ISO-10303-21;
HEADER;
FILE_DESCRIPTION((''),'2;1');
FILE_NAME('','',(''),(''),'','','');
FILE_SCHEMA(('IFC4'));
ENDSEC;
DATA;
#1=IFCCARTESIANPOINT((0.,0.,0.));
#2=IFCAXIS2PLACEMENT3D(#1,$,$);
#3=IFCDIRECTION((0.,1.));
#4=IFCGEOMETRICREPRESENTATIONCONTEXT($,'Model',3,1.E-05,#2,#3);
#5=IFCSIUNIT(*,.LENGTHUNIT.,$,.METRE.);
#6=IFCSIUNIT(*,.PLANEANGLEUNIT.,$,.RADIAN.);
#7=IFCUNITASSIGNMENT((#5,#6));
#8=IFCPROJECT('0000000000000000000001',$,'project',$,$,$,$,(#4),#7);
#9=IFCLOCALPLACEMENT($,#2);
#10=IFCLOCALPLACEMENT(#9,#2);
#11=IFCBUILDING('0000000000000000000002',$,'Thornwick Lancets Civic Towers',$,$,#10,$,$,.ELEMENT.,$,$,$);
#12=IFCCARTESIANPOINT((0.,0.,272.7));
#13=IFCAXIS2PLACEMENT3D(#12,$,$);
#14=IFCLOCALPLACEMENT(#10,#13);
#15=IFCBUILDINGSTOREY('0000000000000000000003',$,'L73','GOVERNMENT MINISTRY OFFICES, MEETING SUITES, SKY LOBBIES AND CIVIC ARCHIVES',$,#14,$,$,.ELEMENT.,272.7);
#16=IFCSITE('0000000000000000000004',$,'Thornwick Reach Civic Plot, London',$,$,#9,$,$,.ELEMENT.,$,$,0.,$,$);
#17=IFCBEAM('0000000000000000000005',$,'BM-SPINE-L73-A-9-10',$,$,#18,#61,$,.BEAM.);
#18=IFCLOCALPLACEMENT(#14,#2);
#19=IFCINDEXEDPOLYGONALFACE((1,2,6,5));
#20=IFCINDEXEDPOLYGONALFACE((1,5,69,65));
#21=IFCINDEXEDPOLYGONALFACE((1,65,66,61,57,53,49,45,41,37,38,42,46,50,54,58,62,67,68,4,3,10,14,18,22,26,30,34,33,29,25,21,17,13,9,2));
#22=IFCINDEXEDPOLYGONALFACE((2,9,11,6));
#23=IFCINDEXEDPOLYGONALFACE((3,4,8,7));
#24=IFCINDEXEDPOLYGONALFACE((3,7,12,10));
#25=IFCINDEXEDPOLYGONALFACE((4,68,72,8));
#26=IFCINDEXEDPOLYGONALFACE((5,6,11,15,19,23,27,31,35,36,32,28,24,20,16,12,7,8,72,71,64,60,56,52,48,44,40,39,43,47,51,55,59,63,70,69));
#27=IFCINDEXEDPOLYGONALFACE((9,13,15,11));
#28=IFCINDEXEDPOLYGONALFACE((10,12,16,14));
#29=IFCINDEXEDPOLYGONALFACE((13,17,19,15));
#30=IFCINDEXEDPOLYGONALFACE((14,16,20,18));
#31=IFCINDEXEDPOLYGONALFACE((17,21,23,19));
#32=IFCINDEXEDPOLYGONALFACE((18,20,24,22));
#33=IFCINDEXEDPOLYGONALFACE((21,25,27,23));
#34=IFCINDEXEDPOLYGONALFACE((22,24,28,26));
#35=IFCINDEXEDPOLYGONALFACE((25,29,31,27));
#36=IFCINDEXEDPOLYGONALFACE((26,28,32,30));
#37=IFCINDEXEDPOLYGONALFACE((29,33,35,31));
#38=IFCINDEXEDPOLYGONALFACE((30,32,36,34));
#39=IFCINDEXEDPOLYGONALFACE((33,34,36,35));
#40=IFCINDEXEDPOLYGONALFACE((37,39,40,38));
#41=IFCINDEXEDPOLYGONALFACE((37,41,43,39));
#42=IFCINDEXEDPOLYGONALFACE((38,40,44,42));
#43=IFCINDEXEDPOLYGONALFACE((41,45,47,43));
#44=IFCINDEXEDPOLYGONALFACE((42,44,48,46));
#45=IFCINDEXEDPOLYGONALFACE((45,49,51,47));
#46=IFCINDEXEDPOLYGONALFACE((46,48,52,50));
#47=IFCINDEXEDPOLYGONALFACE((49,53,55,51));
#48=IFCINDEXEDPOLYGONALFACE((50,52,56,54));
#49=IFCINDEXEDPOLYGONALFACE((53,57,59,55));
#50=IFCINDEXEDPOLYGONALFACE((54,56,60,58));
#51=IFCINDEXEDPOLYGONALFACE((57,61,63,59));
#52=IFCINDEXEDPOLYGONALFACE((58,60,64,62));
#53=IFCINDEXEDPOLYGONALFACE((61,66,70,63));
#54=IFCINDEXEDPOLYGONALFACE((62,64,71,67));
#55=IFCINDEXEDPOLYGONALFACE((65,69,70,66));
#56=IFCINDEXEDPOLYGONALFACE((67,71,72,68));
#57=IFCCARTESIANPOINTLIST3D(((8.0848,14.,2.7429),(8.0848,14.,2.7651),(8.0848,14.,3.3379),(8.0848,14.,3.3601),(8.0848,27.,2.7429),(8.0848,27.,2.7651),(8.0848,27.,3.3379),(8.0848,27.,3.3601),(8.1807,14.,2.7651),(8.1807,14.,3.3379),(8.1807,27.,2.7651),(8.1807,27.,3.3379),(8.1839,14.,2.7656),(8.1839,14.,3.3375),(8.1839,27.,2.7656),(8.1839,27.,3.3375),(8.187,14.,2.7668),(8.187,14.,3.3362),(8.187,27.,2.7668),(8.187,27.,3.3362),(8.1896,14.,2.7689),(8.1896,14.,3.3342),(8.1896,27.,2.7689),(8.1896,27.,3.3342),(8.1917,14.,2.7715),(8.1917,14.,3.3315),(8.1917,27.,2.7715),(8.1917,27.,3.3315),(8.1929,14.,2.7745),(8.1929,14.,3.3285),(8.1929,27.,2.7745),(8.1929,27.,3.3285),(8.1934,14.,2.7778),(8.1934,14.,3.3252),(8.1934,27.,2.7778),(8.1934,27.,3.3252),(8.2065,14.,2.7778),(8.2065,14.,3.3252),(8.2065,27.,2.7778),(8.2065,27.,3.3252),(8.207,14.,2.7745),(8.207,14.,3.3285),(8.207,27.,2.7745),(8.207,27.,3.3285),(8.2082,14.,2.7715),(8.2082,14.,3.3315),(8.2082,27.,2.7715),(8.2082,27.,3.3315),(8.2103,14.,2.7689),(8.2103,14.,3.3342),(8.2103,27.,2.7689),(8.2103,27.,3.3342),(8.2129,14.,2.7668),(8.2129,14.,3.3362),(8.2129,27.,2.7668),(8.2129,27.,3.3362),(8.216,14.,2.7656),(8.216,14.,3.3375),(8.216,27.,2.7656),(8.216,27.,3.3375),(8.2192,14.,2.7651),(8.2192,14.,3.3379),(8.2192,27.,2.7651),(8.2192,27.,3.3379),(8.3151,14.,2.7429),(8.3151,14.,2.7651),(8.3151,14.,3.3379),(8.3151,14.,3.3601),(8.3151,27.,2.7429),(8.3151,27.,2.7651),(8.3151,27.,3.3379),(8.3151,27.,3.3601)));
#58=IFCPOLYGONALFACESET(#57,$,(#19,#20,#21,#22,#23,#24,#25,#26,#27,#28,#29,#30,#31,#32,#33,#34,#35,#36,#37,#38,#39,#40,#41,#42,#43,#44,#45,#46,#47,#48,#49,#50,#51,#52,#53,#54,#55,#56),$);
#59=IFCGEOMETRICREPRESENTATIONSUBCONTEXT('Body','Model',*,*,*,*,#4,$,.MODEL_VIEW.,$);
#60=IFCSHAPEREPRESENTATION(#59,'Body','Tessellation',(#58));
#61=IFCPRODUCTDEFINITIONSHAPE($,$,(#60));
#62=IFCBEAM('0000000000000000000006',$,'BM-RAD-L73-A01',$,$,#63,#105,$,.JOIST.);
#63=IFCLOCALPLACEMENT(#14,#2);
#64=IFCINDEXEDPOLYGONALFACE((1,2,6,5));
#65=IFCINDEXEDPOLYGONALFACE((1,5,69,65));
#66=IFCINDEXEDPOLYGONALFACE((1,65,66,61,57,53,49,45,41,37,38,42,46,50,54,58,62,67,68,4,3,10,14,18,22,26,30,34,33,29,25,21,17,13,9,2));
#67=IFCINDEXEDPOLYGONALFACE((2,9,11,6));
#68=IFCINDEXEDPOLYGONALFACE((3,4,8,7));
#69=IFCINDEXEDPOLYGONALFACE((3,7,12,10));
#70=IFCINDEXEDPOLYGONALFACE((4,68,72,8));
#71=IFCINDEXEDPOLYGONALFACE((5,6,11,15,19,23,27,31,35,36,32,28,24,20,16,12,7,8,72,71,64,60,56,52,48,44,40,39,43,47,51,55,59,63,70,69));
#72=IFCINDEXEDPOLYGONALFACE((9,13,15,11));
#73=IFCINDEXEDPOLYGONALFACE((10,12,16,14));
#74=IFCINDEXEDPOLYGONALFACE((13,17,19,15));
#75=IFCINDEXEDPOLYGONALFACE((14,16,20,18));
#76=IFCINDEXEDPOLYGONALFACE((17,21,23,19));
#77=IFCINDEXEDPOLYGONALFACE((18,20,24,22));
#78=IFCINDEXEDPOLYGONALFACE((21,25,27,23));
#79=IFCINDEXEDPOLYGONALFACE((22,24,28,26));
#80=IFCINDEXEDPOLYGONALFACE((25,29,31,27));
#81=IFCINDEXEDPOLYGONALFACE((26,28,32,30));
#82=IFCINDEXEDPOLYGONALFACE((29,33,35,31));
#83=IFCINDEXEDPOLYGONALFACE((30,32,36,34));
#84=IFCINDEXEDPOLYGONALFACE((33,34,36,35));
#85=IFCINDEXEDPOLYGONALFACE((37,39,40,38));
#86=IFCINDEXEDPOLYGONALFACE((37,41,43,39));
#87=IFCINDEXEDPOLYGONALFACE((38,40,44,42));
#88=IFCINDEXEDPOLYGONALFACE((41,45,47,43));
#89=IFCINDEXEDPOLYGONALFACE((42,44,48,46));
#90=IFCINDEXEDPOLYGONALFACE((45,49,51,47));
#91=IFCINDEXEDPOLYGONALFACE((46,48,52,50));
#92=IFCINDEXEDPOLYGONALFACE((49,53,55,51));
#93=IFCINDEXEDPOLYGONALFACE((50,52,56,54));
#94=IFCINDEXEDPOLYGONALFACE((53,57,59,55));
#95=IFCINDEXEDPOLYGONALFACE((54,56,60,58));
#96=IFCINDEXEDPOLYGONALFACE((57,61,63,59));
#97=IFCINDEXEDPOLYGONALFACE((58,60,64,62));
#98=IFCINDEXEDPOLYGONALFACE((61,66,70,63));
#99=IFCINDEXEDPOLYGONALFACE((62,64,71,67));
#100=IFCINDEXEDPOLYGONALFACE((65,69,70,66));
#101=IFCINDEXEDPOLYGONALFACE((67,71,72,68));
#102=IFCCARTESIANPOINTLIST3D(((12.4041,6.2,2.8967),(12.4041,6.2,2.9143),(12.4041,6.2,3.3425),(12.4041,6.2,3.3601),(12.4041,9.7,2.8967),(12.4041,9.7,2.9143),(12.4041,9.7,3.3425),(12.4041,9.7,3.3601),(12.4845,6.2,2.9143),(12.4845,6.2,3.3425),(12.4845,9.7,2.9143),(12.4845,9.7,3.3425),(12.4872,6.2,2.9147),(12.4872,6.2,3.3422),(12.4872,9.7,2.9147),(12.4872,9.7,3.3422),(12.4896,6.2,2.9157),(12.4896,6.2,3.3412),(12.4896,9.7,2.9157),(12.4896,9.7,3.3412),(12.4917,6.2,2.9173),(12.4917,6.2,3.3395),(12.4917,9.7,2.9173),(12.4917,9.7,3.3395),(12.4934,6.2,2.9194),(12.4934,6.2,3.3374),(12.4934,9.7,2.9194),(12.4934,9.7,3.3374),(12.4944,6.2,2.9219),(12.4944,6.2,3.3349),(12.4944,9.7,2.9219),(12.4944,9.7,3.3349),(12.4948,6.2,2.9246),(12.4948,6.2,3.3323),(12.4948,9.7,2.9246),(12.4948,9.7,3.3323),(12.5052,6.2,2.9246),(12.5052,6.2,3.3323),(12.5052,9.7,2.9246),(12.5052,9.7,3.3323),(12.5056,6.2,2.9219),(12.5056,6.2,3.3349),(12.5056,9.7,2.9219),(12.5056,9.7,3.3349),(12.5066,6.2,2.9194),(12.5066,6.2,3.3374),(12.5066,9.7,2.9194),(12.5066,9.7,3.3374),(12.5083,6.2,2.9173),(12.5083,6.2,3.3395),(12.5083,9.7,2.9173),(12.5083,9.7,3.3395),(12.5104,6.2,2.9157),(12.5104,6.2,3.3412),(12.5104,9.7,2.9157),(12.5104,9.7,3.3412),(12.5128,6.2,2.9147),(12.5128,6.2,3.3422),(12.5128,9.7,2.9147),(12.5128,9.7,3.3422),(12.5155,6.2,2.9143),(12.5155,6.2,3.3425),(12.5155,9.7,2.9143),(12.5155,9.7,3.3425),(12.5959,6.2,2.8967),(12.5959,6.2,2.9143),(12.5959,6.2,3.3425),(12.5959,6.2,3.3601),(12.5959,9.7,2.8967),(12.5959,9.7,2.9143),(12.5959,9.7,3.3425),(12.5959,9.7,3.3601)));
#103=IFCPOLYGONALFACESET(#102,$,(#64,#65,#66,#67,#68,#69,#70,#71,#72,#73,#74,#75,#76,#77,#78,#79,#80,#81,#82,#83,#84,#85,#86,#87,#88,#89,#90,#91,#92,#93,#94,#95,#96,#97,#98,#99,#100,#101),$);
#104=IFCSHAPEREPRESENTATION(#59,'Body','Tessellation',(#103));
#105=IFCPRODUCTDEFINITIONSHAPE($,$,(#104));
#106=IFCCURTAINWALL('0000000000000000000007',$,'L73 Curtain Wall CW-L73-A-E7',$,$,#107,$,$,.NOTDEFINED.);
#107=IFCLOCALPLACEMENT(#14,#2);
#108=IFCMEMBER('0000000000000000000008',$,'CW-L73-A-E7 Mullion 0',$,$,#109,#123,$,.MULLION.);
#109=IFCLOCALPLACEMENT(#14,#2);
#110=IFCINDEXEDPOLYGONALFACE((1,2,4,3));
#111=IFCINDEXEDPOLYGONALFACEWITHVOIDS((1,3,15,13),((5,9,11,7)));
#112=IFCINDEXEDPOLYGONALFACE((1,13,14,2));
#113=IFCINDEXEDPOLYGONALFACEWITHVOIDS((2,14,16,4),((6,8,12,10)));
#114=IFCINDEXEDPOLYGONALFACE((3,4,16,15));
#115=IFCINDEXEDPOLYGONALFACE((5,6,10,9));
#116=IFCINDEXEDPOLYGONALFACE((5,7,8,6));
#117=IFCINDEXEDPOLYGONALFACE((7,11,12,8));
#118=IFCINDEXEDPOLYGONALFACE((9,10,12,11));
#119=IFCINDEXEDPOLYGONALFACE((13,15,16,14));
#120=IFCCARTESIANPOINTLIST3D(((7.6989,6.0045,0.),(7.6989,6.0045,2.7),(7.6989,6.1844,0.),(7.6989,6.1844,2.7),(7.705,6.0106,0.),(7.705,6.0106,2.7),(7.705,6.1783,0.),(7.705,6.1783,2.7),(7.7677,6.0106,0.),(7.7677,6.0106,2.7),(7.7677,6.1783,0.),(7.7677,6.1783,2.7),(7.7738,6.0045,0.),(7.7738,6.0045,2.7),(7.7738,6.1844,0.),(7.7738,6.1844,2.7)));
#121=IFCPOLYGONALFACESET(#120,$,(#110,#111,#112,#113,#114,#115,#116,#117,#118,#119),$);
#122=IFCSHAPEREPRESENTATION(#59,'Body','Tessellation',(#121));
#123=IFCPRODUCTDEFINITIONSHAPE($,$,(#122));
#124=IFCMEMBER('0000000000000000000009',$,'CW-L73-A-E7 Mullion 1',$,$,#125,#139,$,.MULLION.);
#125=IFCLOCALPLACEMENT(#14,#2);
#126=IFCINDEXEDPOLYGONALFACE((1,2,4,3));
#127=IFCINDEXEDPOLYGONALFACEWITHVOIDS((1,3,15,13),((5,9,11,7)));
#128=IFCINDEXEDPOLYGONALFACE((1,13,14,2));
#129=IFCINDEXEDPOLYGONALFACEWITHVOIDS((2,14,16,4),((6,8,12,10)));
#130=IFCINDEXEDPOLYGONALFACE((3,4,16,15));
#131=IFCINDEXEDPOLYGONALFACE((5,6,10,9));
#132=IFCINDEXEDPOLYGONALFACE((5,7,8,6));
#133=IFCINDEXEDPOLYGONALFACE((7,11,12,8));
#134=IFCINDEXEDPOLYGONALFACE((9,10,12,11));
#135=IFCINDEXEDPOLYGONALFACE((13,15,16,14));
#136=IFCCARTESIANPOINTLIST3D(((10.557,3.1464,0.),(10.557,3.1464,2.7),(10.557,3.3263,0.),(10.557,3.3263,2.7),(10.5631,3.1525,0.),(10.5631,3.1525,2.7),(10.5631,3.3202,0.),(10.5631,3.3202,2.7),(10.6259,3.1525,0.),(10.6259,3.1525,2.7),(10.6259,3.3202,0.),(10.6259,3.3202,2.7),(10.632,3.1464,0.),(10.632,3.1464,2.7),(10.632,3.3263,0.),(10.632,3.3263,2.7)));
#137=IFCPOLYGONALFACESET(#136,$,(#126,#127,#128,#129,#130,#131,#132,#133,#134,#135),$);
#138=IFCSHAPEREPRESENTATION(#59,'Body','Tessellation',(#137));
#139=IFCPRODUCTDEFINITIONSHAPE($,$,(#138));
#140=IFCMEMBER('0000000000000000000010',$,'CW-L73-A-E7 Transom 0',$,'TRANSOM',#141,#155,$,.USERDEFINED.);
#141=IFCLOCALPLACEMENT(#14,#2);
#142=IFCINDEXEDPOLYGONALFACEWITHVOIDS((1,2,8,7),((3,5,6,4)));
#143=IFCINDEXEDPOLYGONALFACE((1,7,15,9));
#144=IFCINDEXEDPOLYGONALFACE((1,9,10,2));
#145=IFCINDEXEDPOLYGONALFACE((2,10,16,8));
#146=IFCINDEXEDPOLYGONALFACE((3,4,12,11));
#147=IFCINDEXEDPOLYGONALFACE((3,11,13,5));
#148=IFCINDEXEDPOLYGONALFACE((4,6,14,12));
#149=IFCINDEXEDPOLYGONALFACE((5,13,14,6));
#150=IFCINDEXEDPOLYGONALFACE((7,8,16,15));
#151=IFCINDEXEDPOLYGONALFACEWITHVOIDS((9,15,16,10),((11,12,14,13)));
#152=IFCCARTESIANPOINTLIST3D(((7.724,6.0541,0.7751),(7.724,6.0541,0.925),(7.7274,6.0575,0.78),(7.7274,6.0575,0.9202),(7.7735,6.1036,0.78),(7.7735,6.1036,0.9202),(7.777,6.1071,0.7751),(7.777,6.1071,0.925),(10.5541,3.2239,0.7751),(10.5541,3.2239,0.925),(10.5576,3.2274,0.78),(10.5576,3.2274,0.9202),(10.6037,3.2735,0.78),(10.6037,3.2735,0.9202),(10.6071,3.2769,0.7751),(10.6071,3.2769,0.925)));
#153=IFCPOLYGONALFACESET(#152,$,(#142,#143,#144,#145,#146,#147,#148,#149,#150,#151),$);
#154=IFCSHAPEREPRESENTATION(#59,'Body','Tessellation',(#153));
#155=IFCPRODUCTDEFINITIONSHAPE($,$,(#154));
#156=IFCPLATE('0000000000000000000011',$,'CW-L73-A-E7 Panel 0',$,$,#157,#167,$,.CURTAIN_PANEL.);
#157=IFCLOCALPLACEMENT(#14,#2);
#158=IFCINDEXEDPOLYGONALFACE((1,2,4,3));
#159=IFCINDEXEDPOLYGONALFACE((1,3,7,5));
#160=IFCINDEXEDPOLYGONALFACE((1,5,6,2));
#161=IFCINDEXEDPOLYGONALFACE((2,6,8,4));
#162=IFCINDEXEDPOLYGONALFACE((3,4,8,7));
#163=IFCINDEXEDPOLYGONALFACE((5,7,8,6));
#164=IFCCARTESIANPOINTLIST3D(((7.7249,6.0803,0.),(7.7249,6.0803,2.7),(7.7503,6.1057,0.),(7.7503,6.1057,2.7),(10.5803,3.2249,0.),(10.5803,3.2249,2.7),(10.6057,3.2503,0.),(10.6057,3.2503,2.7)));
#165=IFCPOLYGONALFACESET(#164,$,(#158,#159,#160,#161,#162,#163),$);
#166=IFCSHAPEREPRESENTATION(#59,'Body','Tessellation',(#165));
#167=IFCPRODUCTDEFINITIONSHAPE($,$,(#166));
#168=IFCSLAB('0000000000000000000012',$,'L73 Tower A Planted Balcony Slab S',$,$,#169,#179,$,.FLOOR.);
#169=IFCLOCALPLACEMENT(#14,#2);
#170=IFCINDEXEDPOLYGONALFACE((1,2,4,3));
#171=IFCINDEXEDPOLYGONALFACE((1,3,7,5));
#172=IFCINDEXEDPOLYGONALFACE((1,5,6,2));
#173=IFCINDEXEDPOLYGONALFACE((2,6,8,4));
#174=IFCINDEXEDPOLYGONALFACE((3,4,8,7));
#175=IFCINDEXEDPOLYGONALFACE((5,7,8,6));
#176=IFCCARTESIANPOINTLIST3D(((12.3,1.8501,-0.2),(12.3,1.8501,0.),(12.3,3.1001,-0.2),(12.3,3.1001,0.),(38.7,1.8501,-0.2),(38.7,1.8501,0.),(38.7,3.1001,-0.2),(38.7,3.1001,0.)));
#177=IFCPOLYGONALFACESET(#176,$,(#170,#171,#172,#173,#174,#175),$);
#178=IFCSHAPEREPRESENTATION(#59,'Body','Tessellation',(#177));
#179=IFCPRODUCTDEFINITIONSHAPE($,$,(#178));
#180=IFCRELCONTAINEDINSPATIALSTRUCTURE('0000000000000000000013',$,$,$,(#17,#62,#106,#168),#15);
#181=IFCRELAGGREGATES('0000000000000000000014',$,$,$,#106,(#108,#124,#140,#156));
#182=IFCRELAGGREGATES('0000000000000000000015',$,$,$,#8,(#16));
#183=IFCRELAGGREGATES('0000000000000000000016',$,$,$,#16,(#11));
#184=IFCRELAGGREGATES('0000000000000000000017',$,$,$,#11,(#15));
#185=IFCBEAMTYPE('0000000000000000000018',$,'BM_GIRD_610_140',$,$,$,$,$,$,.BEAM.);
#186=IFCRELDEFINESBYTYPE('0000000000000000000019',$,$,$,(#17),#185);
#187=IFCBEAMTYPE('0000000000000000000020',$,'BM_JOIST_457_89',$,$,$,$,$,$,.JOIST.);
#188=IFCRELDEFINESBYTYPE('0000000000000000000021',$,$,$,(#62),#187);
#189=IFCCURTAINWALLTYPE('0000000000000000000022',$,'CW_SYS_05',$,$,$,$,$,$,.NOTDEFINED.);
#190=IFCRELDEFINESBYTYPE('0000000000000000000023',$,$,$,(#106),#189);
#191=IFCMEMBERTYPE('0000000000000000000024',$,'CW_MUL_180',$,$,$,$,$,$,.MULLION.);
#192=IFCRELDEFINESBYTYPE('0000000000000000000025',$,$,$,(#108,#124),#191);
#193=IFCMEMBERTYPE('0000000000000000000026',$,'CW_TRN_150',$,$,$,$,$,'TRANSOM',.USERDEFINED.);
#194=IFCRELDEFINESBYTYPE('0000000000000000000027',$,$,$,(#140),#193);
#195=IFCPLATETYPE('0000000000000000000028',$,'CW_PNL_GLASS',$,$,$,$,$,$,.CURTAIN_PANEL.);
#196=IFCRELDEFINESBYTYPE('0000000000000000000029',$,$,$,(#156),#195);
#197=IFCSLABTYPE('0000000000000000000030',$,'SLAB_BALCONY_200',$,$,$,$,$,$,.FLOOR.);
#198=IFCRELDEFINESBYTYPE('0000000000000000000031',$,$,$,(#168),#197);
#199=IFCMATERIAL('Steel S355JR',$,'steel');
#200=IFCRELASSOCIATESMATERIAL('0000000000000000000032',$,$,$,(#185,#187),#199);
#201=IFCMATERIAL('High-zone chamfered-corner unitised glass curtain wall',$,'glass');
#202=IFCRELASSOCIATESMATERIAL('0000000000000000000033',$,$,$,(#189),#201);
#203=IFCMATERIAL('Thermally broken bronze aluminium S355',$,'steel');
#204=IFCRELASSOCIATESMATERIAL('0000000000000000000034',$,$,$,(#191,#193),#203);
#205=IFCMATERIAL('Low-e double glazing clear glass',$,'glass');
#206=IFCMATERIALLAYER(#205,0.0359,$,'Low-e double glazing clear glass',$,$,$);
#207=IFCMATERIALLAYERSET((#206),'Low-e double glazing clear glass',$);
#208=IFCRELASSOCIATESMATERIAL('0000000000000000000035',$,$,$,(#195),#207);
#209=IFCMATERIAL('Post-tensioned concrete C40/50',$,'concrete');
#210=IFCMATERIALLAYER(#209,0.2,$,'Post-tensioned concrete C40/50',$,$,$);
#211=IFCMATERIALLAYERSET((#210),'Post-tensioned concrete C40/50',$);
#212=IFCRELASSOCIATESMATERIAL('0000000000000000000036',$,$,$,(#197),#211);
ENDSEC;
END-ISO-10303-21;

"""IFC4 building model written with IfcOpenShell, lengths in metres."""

from ifc_helpers import new_model, si_unit, direction, frame, origin, origin_2d, place, context, subcontext, project, spatial, polyline, rectangle, hollow_rectangle, i_section, outline, extrude, material, layer, layer_set, material_profile, profile_set, type_object, element, aggregate, save


model = new_model("IFC4")

# Units and contexts
model_context = context("Model", 3, precision=1e-05, world=origin(), true_north=direction((0.0, 1.0)))
body_context = subcontext(model_context, "Body", "Model", "MODEL_VIEW")
ifc_project = project(units=[si_unit("LENGTHUNIT", "METRE"), si_unit("PLANEANGLEUNIT", "RADIAN")], contexts=[model_context])

# Site, building, storey
site_placement = place(None, origin())
site = spatial("IfcSite", under=ifc_project, at=site_placement, Name="Thornwick Reach Civic Plot, London", CompositionType="ELEMENT", RefElevation=0.0)
building_placement = place(site_placement, origin())
building = spatial("IfcBuilding", under=site, at=building_placement, Name="Thornwick Lancets Civic Towers", CompositionType="ELEMENT")
storey_placement = place(building_placement, frame((0.0, 0.0, 272.7)))
storey = spatial("IfcBuildingStorey", under=building, at=storey_placement, Name="L73", Description="GOVERNMENT MINISTRY OFFICES, MEETING SUITES, SKY LOBBIES AND CIVIC ARCHIVES", CompositionType="ELEMENT", Elevation=272.7)

# Shared definitions
ifc_material_1 = material(Name="Steel S355JR", Category="steel")

# Beams
ifc_material_profile_1 = material_profile(ifc_material_1, i_section(OverallWidth=0.2302, OverallDepth=0.6172, WebThickness=0.0132, FlangeThickness=0.0222, FilletRadius=0.0127, at=origin_2d()), Name="UKB 610x229x140")
ifc_profile_set_1 = profile_set([ifc_material_profile_1], Name="Steel S355JR")
beam_type_1 = type_object("IfcBeamType", Name="BM_GIRD_610_140", PredefinedType="BEAM", material=ifc_profile_set_1)
for number, where, z_axis, x_axis, name in (
    (1, (8.2, 14.0, 3.0515), (0.0, 1.0, 0.0), (-1.0, 0.0, 0.0), "BM-SPINE-L73-A-9-10"),
):
    element("IfcBeam", number, at=place(storey_placement, frame(where, z_axis=z_axis, x_axis=x_axis)), inside=storey, type_object=beam_type_1, Name=name, PredefinedType="BEAM", context=body_context, shape_type="SweptSolid", body=[
        extrude(i_section(OverallWidth=0.2302, OverallDepth=0.6172, WebThickness=0.0132, FlangeThickness=0.0222, FilletRadius=0.0127, at=origin_2d()), origin(), (0.0, 0.0, 1.0), 13.0),
    ])
ifc_material_profile_2 = material_profile(ifc_material_1, i_section(OverallWidth=0.1919, OverallDepth=0.4634, WebThickness=0.0105, FlangeThickness=0.0176, FilletRadius=0.0103, at=origin_2d()), Name="UKB 457x191x89")
ifc_profile_set_2 = profile_set([ifc_material_profile_2], Name="Steel S355JR")
beam_type_2 = type_object("IfcBeamType", Name="BM_JOIST_457_89", PredefinedType="JOIST", material=ifc_profile_set_2)
beam_1_placement = place(storey_placement, frame((12.5, 9.7, 3.1284), z_axis=(0.0, -1.0, 0.0), x_axis=(1.0, 0.0, 0.0)))
element("IfcBeam", 2, at=beam_1_placement, inside=storey, type_object=beam_type_2, Name="BM-RAD-L73-A01", PredefinedType="JOIST", context=body_context, shape_type="SweptSolid", body=[
    extrude(i_section(OverallWidth=0.1919, OverallDepth=0.4634, WebThickness=0.0105, FlangeThickness=0.0176, FilletRadius=0.0103, at=origin_2d()), origin(), (0.0, 0.0, 1.0), 3.5),
])

# Curtain wall, members, plate
ifc_material_2 = material(Name="High-zone chamfered-corner unitised glass curtain wall", Category="glass")
curtain_wall_type = type_object("IfcCurtainWallType", Name="CW_SYS_05", PredefinedType="NOTDEFINED", material=ifc_material_2)
curtain_wall_placement = place(storey_placement, origin())
curtain_wall = element("IfcCurtainWall", 3, at=curtain_wall_placement, inside=storey, type_object=curtain_wall_type, Name="L73 Curtain Wall CW-L73-A-E7", PredefinedType="NOTDEFINED")
ifc_material_3 = material(Name="Thermally broken bronze aluminium S355", Category="steel")
ifc_material_profile_3 = material_profile(ifc_material_3, hollow_rectangle(XDim=0.075, YDim=0.1799, WallThickness=0.0061, at=origin_2d()), Name="RHS 180x75x6")
ifc_profile_set_3 = profile_set([ifc_material_profile_3], Name="Thermally broken bronze aluminium S355")
member_type_1 = type_object("IfcMemberType", Name="CW_MUL_180", PredefinedType="MULLION", material=ifc_profile_set_3)
member_1_placement = place(storey_placement, frame((7.7363, 6.0945, 0.0), z_axis=(0.0, 0.0, 1.0), x_axis=(1.0, 0.0, 0.0)))
member_1 = element("IfcMember", 4, at=member_1_placement, type_object=member_type_1, Name="CW-L73-A-E7 Mullion 0", PredefinedType="MULLION", context=body_context, shape_type="SweptSolid", body=[
    extrude(hollow_rectangle(XDim=0.075, YDim=0.1799, WallThickness=0.0061, at=origin_2d()), origin(), (0.0, 0.0, 1.0), 2.7),
])
member_2_placement = place(storey_placement, frame((10.5945, 3.2363, 0.0), z_axis=(0.0, 0.0, 1.0), x_axis=(1.0, 0.0, 0.0)))
member_2 = element("IfcMember", 5, at=member_2_placement, type_object=member_type_1, Name="CW-L73-A-E7 Mullion 1", PredefinedType="MULLION", context=body_context, shape_type="SweptSolid", body=[
    extrude(hollow_rectangle(XDim=0.075, YDim=0.1799, WallThickness=0.0061, at=origin_2d()), origin(), (0.0, 0.0, 1.0), 2.7),
])
ifc_material_profile_4 = material_profile(ifc_material_3, hollow_rectangle(XDim=0.075, YDim=0.1499, WallThickness=0.0049, at=origin_2d()), Name="RHS 150x75x5")
ifc_profile_set_4 = profile_set([ifc_material_profile_4], Name="Thermally broken bronze aluminium S355")
member_type_2 = type_object("IfcMemberType", Name="CW_TRN_150", ElementType="TRANSOM", PredefinedType="USERDEFINED", material=ifc_profile_set_4)
member_3_placement = place(storey_placement, frame((7.7505, 6.0806, 0.8501), z_axis=(0.707107, -0.707107, 0.0), x_axis=(0.707107, 0.707107, 0.0)))
member_3 = element("IfcMember", 6, at=member_3_placement, type_object=member_type_2, Name="CW-L73-A-E7 Transom 0", ObjectType="TRANSOM", PredefinedType="USERDEFINED", context=body_context, shape_type="SweptSolid", body=[
    extrude(hollow_rectangle(XDim=0.075, YDim=0.1499, WallThickness=0.0049, at=origin_2d()), origin(), (0.0, 0.0, 1.0), 4.0024),
])
ifc_material_4 = material(Name="Low-e double glazing clear glass", Category="glass")
ifc_layer_1 = layer(ifc_material_4, 0.0359, Name="Low-e double glazing clear glass")
ifc_layer_set_1 = layer_set([ifc_layer_1], Name="Low-e double glazing clear glass")
plate_type = type_object("IfcPlateType", Name="CW_PNL_GLASS", PredefinedType="CURTAIN_PANEL", material=ifc_layer_set_1)
plate_placement = place(storey_placement, frame((9.1653, 4.6653, 0.0), z_axis=(0.0, 0.0, 1.0), x_axis=(0.707107, -0.707107, 0.0)))
plate = element("IfcPlate", 7, at=plate_placement, type_object=plate_type, Name="CW-L73-A-E7 Panel 0", PredefinedType="CURTAIN_PANEL", context=body_context, shape_type="SweptSolid", body=[
    extrude(rectangle(XDim=4.0381, YDim=0.0359, at=origin_2d()), origin(), (0.0, 0.0, 1.0), 2.7),
])
aggregate(curtain_wall, [member_1, member_2, member_3, plate])

# Slab
ifc_material_5 = material(Name="Post-tensioned concrete C40/50", Category="concrete")
ifc_layer_2 = layer(ifc_material_5, 0.2, Name="Post-tensioned concrete C40/50")
ifc_layer_set_2 = layer_set([ifc_layer_2], Name="Post-tensioned concrete C40/50")
slab_type_1 = type_object("IfcSlabType", Name="SLAB_BALCONY_200", PredefinedType="FLOOR", material=ifc_layer_set_2)
slab_1_placement = place(storey_placement, frame((0.0, 0.0, -0.2)))
element("IfcSlab", 8, at=slab_1_placement, inside=storey, type_object=slab_type_1, Name="L73 Tower A Planted Balcony Slab S", PredefinedType="FLOOR", context=body_context, shape_type="SweptSolid", body=[
    extrude(outline(polyline([(12.3, 1.8501), (38.7, 1.8501), (38.7, 3.1001), (12.3, 3.1001), (12.3, 1.8501)])), origin(), (0.0, 0.0, 1.0), 0.2),
])

save(model, "model.ifc")
